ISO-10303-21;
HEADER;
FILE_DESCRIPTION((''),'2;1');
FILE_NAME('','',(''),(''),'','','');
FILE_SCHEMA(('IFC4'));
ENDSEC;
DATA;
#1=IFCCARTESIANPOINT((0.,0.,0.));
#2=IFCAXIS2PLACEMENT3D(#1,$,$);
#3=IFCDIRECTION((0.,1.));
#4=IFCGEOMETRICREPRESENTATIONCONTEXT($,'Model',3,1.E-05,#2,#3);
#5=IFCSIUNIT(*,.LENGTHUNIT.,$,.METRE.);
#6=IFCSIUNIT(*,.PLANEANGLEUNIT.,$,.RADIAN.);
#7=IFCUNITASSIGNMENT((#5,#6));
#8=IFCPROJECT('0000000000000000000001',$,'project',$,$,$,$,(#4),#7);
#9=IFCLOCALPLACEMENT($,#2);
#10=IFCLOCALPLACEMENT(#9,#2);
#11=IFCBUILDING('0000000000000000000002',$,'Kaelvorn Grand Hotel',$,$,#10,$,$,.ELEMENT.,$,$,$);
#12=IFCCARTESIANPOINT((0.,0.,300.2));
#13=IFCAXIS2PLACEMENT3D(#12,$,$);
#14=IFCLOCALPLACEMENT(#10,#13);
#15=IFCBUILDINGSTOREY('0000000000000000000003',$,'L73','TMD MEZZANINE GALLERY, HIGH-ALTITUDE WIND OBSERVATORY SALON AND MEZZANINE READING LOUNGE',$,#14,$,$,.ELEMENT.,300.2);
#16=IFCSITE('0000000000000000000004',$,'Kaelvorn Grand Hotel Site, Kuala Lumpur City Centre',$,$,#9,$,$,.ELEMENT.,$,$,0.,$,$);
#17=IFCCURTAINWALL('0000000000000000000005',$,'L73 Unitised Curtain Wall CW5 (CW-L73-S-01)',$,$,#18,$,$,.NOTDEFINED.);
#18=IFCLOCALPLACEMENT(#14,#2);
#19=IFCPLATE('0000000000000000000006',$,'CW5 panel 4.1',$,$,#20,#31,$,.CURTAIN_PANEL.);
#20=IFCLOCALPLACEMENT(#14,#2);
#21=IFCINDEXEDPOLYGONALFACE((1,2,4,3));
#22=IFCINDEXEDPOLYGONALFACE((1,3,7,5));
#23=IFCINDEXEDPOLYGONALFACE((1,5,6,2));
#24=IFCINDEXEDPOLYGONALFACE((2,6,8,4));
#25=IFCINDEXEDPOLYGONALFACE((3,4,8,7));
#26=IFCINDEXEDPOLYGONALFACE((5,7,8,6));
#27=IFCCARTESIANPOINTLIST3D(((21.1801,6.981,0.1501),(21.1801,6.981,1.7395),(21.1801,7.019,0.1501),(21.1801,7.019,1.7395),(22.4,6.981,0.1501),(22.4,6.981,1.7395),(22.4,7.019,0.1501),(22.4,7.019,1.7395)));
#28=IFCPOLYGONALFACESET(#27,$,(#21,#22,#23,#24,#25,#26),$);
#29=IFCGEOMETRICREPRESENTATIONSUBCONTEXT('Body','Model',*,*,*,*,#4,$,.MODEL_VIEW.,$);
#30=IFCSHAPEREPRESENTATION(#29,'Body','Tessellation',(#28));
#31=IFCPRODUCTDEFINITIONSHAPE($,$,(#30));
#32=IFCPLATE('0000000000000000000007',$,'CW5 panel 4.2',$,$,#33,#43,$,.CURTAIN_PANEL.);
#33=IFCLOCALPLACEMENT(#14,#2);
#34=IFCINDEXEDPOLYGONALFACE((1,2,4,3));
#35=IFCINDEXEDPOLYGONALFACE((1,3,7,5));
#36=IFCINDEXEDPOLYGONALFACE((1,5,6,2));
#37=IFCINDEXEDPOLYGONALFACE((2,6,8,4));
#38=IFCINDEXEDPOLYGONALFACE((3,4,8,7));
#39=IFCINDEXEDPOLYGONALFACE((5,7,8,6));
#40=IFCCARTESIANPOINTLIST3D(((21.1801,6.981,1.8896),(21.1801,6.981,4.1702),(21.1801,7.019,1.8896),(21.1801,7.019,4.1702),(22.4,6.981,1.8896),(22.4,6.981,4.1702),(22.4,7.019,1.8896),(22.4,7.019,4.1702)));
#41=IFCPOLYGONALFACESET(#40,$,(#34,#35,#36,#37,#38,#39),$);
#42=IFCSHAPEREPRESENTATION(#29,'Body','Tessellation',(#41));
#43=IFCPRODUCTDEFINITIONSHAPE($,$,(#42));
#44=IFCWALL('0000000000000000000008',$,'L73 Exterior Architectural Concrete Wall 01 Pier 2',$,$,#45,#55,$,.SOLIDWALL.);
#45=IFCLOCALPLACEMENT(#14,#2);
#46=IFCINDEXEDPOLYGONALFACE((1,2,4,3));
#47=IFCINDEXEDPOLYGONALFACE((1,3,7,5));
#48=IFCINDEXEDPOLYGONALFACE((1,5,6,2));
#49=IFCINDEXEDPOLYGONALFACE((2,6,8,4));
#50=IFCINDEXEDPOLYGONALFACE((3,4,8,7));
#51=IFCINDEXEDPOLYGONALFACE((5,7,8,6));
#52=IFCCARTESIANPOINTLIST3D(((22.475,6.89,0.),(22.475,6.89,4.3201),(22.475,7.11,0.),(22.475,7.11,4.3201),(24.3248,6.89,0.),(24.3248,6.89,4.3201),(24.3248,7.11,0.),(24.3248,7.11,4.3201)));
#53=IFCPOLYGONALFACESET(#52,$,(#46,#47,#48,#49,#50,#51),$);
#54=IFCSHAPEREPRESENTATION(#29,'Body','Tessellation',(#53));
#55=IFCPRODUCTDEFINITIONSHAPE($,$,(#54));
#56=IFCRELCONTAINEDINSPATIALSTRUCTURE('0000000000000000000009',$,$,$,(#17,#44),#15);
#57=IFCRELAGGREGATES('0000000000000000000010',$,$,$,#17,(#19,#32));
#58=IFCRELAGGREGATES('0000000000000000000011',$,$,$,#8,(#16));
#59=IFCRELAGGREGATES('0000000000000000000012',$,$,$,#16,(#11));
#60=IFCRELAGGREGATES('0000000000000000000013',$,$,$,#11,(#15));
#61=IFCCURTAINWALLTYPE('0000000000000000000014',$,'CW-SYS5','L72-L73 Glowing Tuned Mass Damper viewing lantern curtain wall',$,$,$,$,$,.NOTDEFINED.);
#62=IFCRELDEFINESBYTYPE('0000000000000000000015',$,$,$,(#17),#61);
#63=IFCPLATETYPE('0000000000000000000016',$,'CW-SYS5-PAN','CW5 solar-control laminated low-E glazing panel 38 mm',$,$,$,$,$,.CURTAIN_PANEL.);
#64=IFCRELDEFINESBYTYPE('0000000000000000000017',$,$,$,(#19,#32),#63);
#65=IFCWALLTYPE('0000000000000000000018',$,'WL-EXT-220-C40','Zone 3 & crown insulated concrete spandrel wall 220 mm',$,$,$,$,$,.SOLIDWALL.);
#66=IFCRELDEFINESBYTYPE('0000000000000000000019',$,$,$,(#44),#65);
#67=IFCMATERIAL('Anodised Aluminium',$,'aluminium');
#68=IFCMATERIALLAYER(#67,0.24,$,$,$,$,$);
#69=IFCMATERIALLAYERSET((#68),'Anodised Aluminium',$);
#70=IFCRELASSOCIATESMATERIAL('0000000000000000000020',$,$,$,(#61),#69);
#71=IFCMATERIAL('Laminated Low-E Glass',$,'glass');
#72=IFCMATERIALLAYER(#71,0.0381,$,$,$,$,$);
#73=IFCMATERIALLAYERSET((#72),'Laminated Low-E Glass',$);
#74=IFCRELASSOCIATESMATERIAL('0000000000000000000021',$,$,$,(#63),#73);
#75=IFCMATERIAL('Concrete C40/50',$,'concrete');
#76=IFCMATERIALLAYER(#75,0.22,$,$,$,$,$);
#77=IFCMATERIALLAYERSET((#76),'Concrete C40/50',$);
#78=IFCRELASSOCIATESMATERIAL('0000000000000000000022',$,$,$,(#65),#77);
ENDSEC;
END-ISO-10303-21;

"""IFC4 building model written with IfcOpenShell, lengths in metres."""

from ifc_helpers import new_model, si_unit, direction, frame, frame_2d, origin, origin_2d, place, context, subcontext, project, spatial, rectangle, extrude, material, layer, layer_set, type_object, element, aggregate, save


model = new_model("IFC4")

# Units and contexts
model_context = context("Model", 3, precision=1e-05, world=origin(), true_north=direction((0.0, 1.0)))
body_context = subcontext(model_context, "Body", "Model", "MODEL_VIEW")
ifc_project = project(units=[si_unit("LENGTHUNIT", "METRE"), si_unit("PLANEANGLEUNIT", "RADIAN")], contexts=[model_context])

# Site, building, storey
site_placement = place(None, origin())
site = spatial("IfcSite", under=ifc_project, at=site_placement, Name="Kaelvorn Grand Hotel Site, Kuala Lumpur City Centre", CompositionType="ELEMENT", RefElevation=0.0)
building_placement = place(site_placement, origin())
building = spatial("IfcBuilding", under=site, at=building_placement, Name="Kaelvorn Grand Hotel", CompositionType="ELEMENT")
storey_placement = place(building_placement, frame((0.0, 0.0, 300.2)))
storey = spatial("IfcBuildingStorey", under=building, at=storey_placement, Name="L73", Description="TMD MEZZANINE GALLERY, HIGH-ALTITUDE WIND OBSERVATORY SALON AND MEZZANINE READING LOUNGE", CompositionType="ELEMENT", Elevation=300.2)

# Curtain wall, plates
ifc_material_1 = material(Name="Anodised Aluminium", Category="aluminium")
ifc_layer_1 = layer(ifc_material_1, 0.24)
ifc_layer_set_1 = layer_set([ifc_layer_1], Name="Anodised Aluminium")
curtain_wall_type = type_object("IfcCurtainWallType", Name="CW-SYS5", Description="L72-L73 Glowing Tuned Mass Damper viewing lantern curtain wall", PredefinedType="NOTDEFINED", material=ifc_layer_set_1)
curtain_wall_placement = place(storey_placement, origin())
curtain_wall = element("IfcCurtainWall", 1, at=curtain_wall_placement, inside=storey, type_object=curtain_wall_type, Name="L73 Unitised Curtain Wall CW5 (CW-L73-S-01)", PredefinedType="NOTDEFINED")
ifc_material_2 = material(Name="Laminated Low-E Glass", Category="glass")
ifc_layer_2 = layer(ifc_material_2, 0.0381)
ifc_layer_set_2 = layer_set([ifc_layer_2], Name="Laminated Low-E Glass")
plate_type = type_object("IfcPlateType", Name="CW-SYS5-PAN", Description="CW5 solar-control laminated low-E glazing panel 38 mm", PredefinedType="CURTAIN_PANEL", material=ifc_layer_set_2)
plate_1_placement = place(storey_placement, frame((21.79, 7.0, 0.1501), z_axis=(0.0, 0.0, 1.0), x_axis=(1.0, 0.0, 0.0)))
plate_1 = element("IfcPlate", 2, at=plate_1_placement, type_object=plate_type, Name="CW5 panel 4.1", PredefinedType="CURTAIN_PANEL", context=body_context, shape_type="SweptSolid", body=[
    extrude(rectangle(XDim=1.22, YDim=0.0381, at=origin_2d()), origin(), (0.0, 0.0, 1.0), 1.5894),
])
plate_2_placement = place(storey_placement, frame((21.79, 7.0, 1.8896), z_axis=(0.0, 0.0, 1.0), x_axis=(1.0, 0.0, 0.0)))
plate_2 = element("IfcPlate", 3, at=plate_2_placement, type_object=plate_type, Name="CW5 panel 4.2", PredefinedType="CURTAIN_PANEL", context=body_context, shape_type="SweptSolid", body=[
    extrude(rectangle(XDim=1.22, YDim=0.0381, at=origin_2d()), origin(), (0.0, 0.0, 1.0), 2.2805),
])
aggregate(curtain_wall, [plate_1, plate_2])

# Wall
ifc_material_3 = material(Name="Concrete C40/50", Category="concrete")
ifc_layer_3 = layer(ifc_material_3, 0.22)
ifc_layer_set_3 = layer_set([ifc_layer_3], Name="Concrete C40/50")
wall_type = type_object("IfcWallType", Name="WL-EXT-220-C40", Description="Zone 3 & crown insulated concrete spandrel wall 220 mm", PredefinedType="SOLIDWALL", material=ifc_layer_set_3)
wall_placement = place(storey_placement, frame((22.4751, 7.0, 0.0), z_axis=(0.0, 0.0, 1.0), x_axis=(1.0, 0.0, 0.0)))
element("IfcWall", 4, at=wall_placement, inside=storey, type_object=wall_type, Name="L73 Exterior Architectural Concrete Wall 01 Pier 2", PredefinedType="SOLIDWALL", context=body_context, shape_type="SweptSolid", body=[
    extrude(rectangle(XDim=1.8499, YDim=0.22, at=frame_2d((0.9248, 0.0))), origin(), (0.0, 0.0, 1.0), 4.3201),
])

save(model, "model.ifc")
